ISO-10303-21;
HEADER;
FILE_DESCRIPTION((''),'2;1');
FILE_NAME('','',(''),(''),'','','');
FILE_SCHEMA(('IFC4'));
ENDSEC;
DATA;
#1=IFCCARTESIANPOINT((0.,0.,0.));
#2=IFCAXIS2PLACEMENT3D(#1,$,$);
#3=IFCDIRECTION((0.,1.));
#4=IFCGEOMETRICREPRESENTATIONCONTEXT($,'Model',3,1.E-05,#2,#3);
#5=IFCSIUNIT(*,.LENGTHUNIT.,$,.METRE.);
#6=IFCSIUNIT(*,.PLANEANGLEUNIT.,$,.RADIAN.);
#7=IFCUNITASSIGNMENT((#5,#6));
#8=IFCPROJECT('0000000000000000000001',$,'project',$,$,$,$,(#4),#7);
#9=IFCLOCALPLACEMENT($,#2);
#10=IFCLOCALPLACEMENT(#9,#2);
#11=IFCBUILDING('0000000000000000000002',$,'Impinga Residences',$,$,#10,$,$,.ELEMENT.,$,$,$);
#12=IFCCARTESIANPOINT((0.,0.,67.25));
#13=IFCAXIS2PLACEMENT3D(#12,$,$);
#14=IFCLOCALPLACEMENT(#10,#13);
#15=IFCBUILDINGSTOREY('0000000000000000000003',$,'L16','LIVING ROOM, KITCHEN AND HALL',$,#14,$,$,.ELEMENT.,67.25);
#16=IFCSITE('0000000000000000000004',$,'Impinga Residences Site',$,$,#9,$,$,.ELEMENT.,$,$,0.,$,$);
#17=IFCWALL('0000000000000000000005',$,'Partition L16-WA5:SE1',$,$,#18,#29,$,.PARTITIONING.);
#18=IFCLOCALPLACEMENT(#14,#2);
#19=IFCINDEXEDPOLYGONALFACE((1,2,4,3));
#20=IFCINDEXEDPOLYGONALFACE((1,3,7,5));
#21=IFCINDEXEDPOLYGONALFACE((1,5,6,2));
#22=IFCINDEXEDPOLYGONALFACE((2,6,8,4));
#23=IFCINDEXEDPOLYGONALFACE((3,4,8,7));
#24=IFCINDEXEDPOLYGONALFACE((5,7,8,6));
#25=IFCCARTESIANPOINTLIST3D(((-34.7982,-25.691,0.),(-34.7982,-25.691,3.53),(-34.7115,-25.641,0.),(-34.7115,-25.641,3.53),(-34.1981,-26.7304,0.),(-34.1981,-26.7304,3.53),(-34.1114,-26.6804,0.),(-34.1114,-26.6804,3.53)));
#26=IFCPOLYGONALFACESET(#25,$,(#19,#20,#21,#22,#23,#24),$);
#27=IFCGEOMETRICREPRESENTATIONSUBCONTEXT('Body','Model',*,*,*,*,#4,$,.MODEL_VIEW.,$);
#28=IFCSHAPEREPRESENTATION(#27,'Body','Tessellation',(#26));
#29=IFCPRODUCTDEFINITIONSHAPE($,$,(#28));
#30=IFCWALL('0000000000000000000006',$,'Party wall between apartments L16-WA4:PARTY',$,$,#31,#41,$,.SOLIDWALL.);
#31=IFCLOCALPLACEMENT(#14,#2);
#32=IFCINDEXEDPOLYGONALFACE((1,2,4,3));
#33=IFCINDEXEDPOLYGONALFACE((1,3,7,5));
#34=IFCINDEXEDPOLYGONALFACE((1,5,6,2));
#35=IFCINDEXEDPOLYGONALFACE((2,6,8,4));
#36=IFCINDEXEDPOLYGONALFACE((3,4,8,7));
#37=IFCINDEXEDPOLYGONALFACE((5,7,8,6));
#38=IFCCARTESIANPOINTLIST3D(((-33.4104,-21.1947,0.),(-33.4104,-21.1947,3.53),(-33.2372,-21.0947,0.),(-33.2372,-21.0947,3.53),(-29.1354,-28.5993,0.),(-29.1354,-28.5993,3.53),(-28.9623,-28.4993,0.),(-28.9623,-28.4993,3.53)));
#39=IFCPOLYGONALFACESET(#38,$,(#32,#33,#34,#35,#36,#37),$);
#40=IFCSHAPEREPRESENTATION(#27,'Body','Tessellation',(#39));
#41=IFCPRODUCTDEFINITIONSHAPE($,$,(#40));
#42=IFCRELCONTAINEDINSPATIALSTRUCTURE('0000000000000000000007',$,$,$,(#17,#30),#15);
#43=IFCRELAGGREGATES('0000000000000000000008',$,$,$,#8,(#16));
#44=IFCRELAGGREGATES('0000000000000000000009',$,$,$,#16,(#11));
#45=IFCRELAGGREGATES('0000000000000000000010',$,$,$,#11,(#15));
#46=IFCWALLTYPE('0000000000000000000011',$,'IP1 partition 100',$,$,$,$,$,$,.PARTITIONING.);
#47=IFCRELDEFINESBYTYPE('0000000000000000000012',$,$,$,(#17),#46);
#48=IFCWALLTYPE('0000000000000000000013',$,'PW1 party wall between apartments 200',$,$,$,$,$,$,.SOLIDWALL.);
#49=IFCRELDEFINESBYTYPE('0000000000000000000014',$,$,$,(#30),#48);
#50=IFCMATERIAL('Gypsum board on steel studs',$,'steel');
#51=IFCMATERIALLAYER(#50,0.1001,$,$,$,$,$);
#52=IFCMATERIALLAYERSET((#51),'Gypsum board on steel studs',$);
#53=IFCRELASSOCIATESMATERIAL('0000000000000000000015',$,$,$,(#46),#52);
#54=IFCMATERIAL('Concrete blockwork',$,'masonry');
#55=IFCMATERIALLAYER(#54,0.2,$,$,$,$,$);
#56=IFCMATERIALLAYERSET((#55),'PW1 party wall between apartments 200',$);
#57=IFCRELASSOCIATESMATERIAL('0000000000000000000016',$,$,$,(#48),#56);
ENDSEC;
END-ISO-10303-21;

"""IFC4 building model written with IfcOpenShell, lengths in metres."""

from ifc_helpers import new_model, si_unit, direction, frame, frame_2d, origin, place, context, subcontext, project, spatial, rectangle, extrude, material, layer, layer_set, type_object, element, save


model = new_model("IFC4")

# Units and contexts
model_context = context("Model", 3, precision=1e-05, world=origin(), true_north=direction((0.0, 1.0)))
body_context = subcontext(model_context, "Body", "Model", "MODEL_VIEW")
ifc_project = project(units=[si_unit("LENGTHUNIT", "METRE"), si_unit("PLANEANGLEUNIT", "RADIAN")], contexts=[model_context])

# Site, building, storey
site_placement = place(None, origin())
site = spatial("IfcSite", under=ifc_project, at=site_placement, Name="Impinga Residences Site", CompositionType="ELEMENT", RefElevation=0.0)
building_placement = place(site_placement, origin())
building = spatial("IfcBuilding", under=site, at=building_placement, Name="Impinga Residences", CompositionType="ELEMENT")
storey_placement = place(building_placement, frame((0.0, 0.0, 67.25)))
storey = spatial("IfcBuildingStorey", under=building, at=storey_placement, Name="L16", Description="LIVING ROOM, KITCHEN AND HALL", CompositionType="ELEMENT", Elevation=67.25)

# Shared definitions
ifc_material_1 = material(Name="Gypsum board on steel studs", Category="steel")
ifc_layer_1 = layer(ifc_material_1, 0.1001)
ifc_layer_set_1 = layer_set([ifc_layer_1], Name="Gypsum board on steel studs")
wall_type_1 = type_object("IfcWallType", Name="IP1 partition 100", PredefinedType="PARTITIONING", material=ifc_layer_set_1)

# Walls
for number, where, z_axis, x_axis, name in (
    (1, (-34.7549, -25.666, 0.0), (0.0, 0.0, 1.0), (0.500034, -0.866006, 0.0), "Partition L16-WA5:SE1"),
):
    element("IfcWall", number, at=place(storey_placement, frame(where, z_axis=z_axis, x_axis=x_axis)), inside=storey, type_object=wall_type_1, Name=name, PredefinedType="PARTITIONING", context=body_context, shape_type="SweptSolid", body=[
        extrude(rectangle(XDim=1.2002, YDim=0.1001, at=frame_2d((0.6001, 0.0))), origin(), (0.0, 0.0, 1.0), 3.53),
    ])
ifc_material_2 = material(Name="Concrete blockwork", Category="masonry")
ifc_layer_2 = layer(ifc_material_2, 0.2)
ifc_layer_set_2 = layer_set([ifc_layer_2], Name="PW1 party wall between apartments 200")
wall_type_2 = type_object("IfcWallType", Name="PW1 party wall between apartments 200", PredefinedType="SOLIDWALL", material=ifc_layer_set_2)
wall_1_placement = place(storey_placement, frame((-33.3237, -21.1448, 0.0), z_axis=(0.0, 0.0, 1.0), x_axis=(0.49999, -0.866031, 0.0)))
element("IfcWall", 2, at=wall_1_placement, inside=storey, type_object=wall_type_2, Name="Party wall between apartments L16-WA4:PARTY", PredefinedType="SOLIDWALL", context=body_context, shape_type="SweptSolid", body=[
    extrude(rectangle(XDim=8.55, YDim=0.2, at=frame_2d((4.2749, 0.0))), origin(), (0.0, 0.0, 1.0), 3.53),
])

save(model, "model.ifc")
